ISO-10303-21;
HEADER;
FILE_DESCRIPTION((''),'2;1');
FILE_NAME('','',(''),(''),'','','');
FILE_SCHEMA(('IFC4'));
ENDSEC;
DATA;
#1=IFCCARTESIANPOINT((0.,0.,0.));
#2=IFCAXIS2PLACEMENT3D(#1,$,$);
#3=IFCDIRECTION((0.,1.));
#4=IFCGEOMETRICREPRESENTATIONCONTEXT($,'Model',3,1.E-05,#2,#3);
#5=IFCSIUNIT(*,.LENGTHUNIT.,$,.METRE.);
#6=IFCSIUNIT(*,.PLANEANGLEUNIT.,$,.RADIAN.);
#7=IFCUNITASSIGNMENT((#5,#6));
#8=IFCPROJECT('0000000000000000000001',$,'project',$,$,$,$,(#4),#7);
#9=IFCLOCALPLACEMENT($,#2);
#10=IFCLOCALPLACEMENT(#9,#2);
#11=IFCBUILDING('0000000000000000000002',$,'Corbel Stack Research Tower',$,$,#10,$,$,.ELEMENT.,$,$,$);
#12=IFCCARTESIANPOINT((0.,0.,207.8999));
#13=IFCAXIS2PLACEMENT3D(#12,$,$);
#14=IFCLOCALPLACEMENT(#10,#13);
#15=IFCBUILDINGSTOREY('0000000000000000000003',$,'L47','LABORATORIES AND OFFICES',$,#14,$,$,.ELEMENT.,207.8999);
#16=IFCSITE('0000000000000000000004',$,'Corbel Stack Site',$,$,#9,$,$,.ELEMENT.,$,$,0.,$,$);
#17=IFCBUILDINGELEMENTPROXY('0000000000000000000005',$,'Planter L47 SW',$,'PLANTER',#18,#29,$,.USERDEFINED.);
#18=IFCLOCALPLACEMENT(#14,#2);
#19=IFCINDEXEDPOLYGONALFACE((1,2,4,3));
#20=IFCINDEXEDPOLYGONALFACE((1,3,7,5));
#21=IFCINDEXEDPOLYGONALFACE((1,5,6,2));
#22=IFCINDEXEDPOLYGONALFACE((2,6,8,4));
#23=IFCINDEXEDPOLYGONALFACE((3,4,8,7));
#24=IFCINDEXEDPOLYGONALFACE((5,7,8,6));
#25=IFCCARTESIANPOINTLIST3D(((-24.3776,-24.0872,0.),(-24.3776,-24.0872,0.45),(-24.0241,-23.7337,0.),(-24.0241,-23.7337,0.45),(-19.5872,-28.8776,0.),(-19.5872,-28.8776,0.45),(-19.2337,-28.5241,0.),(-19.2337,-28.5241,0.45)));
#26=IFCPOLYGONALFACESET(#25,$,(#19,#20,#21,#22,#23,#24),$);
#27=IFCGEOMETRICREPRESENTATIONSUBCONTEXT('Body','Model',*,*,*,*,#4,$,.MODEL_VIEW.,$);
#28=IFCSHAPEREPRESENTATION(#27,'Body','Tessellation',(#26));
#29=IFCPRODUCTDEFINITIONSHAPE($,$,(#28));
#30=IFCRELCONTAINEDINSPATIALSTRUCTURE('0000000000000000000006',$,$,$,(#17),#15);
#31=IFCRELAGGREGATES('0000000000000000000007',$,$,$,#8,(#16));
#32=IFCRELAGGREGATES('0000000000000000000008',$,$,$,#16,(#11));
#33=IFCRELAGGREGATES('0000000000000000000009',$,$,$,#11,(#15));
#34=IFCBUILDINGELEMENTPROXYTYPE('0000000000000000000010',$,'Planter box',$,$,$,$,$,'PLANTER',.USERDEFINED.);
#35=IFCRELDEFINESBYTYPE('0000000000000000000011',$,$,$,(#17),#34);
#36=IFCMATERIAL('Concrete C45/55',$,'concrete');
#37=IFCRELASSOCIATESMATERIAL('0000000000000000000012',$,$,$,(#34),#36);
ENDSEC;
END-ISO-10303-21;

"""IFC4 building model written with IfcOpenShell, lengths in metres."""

from ifc_helpers import new_model, si_unit, direction, frame, origin, origin_2d, place, context, subcontext, project, spatial, rectangle, extrude, material, type_object, element, save


model = new_model("IFC4")

# Units and contexts
model_context = context("Model", 3, precision=1e-05, world=origin(), true_north=direction((0.0, 1.0)))
body_context = subcontext(model_context, "Body", "Model", "MODEL_VIEW")
ifc_project = project(units=[si_unit("LENGTHUNIT", "METRE"), si_unit("PLANEANGLEUNIT", "RADIAN")], contexts=[model_context])

# Site, building, storey
site_placement = place(None, origin())
site = spatial("IfcSite", under=ifc_project, at=site_placement, Name="Corbel Stack Site", CompositionType="ELEMENT", RefElevation=0.0)
building_placement = place(site_placement, origin())
building = spatial("IfcBuilding", under=site, at=building_placement, Name="Corbel Stack Research Tower", CompositionType="ELEMENT")
storey_placement = place(building_placement, frame((0.0, 0.0, 207.8999)))
storey = spatial("IfcBuildingStorey", under=building, at=storey_placement, Name="L47", Description="LABORATORIES AND OFFICES", CompositionType="ELEMENT", Elevation=207.8999)

# Building element proxy
ifc_material_1 = material(Name="Concrete C45/55", Category="concrete")
building_element_proxy_type = type_object("IfcBuildingElementProxyType", Name="Planter box", ElementType="PLANTER", PredefinedType="USERDEFINED", material=ifc_material_1)
proxy_placement = place(storey_placement, frame((-21.8057, -26.3057, 0.0), z_axis=(0.0, 0.0, 1.0), x_axis=(0.707107, -0.707107, 0.0)))
element("IfcBuildingElementProxy", 1, at=proxy_placement, inside=storey, type_object=building_element_proxy_type, Name="Planter L47 SW", ObjectType="PLANTER", PredefinedType="USERDEFINED", context=body_context, shape_type="SweptSolid", body=[
    extrude(rectangle(XDim=6.7747, YDim=0.5, at=origin_2d()), origin(), (0.0, 0.0, 1.0), 0.45),
])

save(model, "model.ifc")
